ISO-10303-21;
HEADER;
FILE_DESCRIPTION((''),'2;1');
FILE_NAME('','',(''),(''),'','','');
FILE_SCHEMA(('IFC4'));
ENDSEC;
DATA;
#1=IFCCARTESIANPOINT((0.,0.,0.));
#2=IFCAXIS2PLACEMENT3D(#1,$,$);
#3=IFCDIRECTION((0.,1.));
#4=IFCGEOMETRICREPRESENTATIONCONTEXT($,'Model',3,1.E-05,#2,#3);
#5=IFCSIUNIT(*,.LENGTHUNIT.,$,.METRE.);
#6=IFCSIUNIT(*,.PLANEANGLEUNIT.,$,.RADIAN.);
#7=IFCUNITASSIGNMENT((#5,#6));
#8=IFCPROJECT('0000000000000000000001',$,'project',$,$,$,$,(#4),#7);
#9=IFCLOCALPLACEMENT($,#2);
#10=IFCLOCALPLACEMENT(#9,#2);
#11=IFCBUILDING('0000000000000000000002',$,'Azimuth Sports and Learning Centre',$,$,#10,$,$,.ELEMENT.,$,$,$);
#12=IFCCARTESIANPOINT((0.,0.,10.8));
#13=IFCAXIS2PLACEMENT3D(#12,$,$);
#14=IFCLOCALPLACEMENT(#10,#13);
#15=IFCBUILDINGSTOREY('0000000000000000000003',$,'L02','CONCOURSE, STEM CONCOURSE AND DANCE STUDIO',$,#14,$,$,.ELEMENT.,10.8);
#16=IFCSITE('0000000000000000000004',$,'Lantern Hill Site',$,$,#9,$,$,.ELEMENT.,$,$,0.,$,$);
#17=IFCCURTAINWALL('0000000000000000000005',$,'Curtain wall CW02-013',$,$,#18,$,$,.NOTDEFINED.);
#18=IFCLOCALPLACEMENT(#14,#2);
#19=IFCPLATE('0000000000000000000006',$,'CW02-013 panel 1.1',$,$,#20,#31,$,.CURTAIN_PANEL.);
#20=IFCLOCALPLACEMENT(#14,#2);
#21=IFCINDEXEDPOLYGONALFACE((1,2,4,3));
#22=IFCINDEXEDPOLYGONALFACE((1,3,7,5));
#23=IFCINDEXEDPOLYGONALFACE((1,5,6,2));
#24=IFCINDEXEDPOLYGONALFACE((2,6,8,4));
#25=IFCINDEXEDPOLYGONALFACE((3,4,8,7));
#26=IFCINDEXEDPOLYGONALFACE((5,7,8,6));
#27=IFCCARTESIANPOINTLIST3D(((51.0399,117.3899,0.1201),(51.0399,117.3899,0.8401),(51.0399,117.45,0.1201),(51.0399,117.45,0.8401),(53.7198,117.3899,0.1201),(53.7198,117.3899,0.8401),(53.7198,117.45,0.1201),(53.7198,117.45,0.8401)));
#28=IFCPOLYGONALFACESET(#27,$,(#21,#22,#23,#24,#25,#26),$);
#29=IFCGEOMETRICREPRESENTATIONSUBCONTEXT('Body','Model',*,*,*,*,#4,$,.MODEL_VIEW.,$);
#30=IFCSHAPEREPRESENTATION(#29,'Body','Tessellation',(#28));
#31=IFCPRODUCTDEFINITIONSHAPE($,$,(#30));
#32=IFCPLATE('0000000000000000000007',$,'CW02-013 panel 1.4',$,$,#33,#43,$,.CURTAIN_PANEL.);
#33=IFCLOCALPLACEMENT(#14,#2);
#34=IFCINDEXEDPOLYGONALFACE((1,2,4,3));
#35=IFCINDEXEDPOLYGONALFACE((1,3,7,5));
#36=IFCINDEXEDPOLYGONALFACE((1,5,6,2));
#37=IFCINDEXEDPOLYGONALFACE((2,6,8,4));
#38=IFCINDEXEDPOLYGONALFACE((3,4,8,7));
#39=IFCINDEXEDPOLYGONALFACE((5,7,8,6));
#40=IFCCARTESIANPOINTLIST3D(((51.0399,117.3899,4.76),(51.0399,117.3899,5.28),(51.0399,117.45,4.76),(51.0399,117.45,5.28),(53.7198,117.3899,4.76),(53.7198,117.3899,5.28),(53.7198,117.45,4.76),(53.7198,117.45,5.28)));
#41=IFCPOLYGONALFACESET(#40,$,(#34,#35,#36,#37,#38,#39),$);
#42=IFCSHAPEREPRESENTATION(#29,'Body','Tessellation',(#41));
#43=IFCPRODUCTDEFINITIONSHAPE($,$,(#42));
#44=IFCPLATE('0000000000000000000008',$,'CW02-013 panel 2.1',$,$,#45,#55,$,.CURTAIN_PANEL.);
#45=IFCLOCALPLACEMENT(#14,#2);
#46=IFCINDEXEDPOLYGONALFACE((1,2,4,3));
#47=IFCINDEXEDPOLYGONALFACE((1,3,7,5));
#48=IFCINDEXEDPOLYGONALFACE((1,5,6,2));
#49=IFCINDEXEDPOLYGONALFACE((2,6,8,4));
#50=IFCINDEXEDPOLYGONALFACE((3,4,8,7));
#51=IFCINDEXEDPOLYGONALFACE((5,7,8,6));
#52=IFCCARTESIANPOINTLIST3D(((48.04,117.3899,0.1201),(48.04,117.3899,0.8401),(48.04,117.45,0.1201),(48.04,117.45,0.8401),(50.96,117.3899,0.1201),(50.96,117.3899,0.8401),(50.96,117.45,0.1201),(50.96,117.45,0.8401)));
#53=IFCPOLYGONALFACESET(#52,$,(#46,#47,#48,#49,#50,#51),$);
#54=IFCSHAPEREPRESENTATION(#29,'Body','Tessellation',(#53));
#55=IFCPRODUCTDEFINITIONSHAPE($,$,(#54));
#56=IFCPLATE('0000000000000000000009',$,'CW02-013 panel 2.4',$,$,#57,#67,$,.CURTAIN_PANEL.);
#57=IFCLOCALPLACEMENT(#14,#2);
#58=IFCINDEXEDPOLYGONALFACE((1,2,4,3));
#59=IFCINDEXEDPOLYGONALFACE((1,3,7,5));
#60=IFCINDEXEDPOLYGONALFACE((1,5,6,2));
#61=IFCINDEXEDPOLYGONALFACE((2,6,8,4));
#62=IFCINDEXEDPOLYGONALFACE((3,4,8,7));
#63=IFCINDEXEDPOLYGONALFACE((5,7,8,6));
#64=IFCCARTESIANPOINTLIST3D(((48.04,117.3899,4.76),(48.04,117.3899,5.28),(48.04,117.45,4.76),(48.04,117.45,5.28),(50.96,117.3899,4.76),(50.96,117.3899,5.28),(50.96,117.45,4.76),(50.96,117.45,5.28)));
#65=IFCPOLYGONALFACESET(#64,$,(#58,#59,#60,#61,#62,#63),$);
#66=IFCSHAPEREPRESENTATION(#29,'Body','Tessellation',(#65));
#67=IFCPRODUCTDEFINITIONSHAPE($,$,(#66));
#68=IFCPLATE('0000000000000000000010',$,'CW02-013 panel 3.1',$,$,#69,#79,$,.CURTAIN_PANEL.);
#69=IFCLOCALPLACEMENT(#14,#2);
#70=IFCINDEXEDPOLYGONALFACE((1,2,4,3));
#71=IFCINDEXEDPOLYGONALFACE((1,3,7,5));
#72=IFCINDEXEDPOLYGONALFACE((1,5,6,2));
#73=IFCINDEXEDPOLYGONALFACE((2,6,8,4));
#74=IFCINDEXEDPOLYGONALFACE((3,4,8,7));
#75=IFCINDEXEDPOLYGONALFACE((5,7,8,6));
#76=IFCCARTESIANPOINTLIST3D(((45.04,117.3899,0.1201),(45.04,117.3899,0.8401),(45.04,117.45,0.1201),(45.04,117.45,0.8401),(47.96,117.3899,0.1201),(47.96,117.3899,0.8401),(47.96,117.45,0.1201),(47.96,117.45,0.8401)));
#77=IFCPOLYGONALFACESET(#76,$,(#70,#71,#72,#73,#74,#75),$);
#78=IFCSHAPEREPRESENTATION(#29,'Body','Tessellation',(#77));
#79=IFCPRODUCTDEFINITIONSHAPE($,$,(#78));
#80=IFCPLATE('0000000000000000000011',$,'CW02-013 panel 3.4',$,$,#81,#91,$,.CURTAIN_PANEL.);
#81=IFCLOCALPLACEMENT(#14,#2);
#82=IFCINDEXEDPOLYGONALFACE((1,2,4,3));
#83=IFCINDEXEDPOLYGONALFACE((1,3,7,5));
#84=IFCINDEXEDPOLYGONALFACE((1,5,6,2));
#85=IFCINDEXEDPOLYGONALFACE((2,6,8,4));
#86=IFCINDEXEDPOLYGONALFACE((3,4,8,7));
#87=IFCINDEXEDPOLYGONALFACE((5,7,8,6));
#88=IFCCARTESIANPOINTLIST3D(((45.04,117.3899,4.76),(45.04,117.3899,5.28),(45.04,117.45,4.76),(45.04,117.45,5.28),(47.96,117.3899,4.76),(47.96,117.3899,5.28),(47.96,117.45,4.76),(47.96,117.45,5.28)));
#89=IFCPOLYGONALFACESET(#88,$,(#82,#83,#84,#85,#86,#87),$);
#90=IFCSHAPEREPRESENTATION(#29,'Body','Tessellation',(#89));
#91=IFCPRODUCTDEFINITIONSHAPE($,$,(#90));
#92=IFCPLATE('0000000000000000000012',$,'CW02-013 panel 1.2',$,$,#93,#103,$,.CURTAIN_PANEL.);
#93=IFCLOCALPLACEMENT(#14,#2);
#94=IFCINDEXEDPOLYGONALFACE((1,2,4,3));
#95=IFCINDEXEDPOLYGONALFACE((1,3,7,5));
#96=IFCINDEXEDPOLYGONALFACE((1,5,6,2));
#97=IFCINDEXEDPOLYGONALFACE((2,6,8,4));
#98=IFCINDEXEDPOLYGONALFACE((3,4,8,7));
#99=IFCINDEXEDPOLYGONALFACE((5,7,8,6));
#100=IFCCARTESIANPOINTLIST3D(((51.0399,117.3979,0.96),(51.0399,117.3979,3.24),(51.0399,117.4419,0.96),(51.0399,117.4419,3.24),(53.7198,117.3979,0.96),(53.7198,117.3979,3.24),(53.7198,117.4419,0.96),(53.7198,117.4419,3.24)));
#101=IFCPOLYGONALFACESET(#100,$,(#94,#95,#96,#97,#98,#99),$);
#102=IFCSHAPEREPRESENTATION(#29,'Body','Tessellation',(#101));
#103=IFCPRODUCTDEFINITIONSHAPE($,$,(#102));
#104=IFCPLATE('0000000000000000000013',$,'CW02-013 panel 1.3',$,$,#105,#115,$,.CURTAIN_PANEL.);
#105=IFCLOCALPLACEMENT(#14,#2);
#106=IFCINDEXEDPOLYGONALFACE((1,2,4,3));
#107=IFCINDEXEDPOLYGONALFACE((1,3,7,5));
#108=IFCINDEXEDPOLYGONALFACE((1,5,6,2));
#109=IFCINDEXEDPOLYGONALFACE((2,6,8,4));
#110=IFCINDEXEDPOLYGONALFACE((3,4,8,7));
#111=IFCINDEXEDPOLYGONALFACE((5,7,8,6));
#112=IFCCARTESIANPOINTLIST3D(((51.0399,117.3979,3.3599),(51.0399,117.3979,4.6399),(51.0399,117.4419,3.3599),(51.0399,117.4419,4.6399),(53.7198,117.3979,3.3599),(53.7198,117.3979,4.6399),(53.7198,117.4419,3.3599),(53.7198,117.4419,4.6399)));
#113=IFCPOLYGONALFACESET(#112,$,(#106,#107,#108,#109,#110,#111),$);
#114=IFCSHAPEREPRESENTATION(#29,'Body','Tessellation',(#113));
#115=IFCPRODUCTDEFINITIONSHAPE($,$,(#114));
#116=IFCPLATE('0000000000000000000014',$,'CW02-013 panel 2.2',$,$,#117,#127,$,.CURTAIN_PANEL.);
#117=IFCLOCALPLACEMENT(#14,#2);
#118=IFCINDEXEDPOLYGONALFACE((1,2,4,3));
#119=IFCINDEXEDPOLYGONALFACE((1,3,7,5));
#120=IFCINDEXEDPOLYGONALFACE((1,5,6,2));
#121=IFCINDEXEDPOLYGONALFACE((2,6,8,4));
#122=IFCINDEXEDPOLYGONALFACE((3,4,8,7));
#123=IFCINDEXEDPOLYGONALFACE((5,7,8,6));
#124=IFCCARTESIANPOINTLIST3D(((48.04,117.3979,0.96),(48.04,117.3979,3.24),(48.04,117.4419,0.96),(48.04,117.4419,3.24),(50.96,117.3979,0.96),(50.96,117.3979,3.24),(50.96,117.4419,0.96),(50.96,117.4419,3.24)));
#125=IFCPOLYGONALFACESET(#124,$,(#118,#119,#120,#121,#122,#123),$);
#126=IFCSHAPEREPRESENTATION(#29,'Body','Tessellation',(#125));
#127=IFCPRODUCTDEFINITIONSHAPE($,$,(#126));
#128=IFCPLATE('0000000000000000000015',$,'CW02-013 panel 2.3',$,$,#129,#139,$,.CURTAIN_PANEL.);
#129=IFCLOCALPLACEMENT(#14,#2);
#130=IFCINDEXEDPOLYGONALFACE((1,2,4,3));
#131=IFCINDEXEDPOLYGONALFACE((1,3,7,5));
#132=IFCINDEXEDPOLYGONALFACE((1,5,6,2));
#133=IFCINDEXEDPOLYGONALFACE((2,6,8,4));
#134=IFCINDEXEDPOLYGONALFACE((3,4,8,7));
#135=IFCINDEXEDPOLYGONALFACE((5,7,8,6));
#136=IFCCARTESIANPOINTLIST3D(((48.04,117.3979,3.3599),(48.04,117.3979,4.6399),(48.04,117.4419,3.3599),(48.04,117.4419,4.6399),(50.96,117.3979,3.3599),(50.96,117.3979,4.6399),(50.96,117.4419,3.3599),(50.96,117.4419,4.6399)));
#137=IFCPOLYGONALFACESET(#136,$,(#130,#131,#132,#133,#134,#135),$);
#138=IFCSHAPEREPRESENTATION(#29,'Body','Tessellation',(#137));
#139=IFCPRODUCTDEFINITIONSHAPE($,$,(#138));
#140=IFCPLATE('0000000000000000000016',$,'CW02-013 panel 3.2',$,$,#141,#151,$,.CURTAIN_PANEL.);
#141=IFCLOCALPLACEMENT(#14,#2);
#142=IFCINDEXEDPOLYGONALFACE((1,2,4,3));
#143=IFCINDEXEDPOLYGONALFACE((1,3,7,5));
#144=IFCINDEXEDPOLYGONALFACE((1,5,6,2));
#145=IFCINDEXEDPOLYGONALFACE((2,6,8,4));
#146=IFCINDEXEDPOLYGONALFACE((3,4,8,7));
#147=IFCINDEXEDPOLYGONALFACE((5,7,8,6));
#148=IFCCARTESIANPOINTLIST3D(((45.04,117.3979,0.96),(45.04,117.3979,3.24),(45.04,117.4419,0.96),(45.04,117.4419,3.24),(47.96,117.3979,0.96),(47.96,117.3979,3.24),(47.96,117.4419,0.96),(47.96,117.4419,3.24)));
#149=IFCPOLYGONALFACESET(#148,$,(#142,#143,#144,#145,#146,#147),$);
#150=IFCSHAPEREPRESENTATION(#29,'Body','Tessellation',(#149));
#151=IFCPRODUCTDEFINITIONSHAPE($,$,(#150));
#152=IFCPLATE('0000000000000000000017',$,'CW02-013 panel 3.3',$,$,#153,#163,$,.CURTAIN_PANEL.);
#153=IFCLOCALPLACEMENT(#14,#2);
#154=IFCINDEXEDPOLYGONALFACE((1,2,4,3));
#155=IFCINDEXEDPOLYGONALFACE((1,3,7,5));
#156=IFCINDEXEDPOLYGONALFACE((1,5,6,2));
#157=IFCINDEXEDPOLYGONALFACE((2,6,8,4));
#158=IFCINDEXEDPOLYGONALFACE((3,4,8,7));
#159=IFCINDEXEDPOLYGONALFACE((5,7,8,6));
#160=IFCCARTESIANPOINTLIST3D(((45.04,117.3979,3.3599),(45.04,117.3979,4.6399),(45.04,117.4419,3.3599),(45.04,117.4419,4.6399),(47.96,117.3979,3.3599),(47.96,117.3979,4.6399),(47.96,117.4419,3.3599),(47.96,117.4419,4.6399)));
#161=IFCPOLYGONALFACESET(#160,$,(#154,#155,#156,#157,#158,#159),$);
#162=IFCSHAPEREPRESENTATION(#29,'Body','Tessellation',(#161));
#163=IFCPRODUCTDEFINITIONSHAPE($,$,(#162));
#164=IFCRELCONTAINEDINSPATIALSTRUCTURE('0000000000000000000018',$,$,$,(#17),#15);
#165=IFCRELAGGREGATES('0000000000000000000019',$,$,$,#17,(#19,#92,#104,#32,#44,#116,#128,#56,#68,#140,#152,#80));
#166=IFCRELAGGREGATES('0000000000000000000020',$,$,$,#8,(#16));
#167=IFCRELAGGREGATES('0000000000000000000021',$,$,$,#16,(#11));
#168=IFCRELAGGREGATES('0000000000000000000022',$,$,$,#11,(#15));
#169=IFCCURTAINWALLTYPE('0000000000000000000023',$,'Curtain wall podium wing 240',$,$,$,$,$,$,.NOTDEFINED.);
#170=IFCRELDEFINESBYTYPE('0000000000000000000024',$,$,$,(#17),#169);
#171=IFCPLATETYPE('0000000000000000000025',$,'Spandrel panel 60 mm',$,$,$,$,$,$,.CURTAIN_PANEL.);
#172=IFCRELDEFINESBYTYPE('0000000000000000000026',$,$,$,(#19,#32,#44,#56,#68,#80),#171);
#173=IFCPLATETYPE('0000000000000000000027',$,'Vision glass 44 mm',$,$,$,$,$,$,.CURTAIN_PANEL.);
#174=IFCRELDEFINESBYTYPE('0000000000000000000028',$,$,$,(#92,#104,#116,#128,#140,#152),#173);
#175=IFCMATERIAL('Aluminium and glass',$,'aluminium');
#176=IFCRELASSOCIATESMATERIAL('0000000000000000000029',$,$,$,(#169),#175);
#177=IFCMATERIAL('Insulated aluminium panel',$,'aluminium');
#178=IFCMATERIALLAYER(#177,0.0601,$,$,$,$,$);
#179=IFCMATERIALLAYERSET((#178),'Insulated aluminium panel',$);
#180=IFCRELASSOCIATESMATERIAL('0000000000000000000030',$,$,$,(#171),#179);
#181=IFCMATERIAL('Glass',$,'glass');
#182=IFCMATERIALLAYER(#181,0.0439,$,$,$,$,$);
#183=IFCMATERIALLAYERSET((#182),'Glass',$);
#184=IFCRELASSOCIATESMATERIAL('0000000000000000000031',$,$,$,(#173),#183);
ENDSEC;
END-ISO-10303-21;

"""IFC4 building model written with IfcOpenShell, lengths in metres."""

from ifc_helpers import new_model, si_unit, direction, frame, origin, origin_2d, place, context, subcontext, project, spatial, rectangle, extrude, material, layer, layer_set, type_object, element, aggregate, save


model = new_model("IFC4")

# Units and contexts
model_context = context("Model", 3, precision=1e-05, world=origin(), true_north=direction((0.0, 1.0)))
body_context = subcontext(model_context, "Body", "Model", "MODEL_VIEW")
ifc_project = project(units=[si_unit("LENGTHUNIT", "METRE"), si_unit("PLANEANGLEUNIT", "RADIAN")], contexts=[model_context])

# Site, building, storey
site_placement = place(None, origin())
site = spatial("IfcSite", under=ifc_project, at=site_placement, Name="Lantern Hill Site", CompositionType="ELEMENT", RefElevation=0.0)
building_placement = place(site_placement, origin())
building = spatial("IfcBuilding", under=site, at=building_placement, Name="Azimuth Sports and Learning Centre", CompositionType="ELEMENT")
storey_placement = place(building_placement, frame((0.0, 0.0, 10.8)))
storey = spatial("IfcBuildingStorey", under=building, at=storey_placement, Name="L02", Description="CONCOURSE, STEM CONCOURSE AND DANCE STUDIO", CompositionType="ELEMENT", Elevation=10.8)

# Curtain wall, plates
ifc_material_1 = material(Name="Aluminium and glass", Category="aluminium")
curtain_wall_type = type_object("IfcCurtainWallType", Name="Curtain wall podium wing 240", PredefinedType="NOTDEFINED", material=ifc_material_1)
curtain_wall_placement = place(storey_placement, origin())
curtain_wall = element("IfcCurtainWall", 1, at=curtain_wall_placement, inside=storey, type_object=curtain_wall_type, Name="Curtain wall CW02-013", PredefinedType="NOTDEFINED")
ifc_material_2 = material(Name="Insulated aluminium panel", Category="aluminium")
ifc_layer_1 = layer(ifc_material_2, 0.0601)
ifc_layer_set_1 = layer_set([ifc_layer_1], Name="Insulated aluminium panel")
plate_type_1 = type_object("IfcPlateType", Name="Spandrel panel 60 mm", PredefinedType="CURTAIN_PANEL", material=ifc_layer_set_1)
plate_1_placement = place(storey_placement, frame((52.3799, 117.4199, 0.1201), z_axis=(0.0, 0.0, 1.0), x_axis=(-1.0, 0.0, 0.0)))
plate_1 = element("IfcPlate", 2, at=plate_1_placement, type_object=plate_type_1, Name="CW02-013 panel 1.1", PredefinedType="CURTAIN_PANEL", context=body_context, shape_type="SweptSolid", body=[
    extrude(rectangle(XDim=2.6799, YDim=0.0601, at=origin_2d()), origin(), (0.0, 0.0, 1.0), 0.72),
])
plate_2_placement = place(storey_placement, frame((52.3799, 117.4199, 4.76), z_axis=(0.0, 0.0, 1.0), x_axis=(-1.0, 0.0, 0.0)))
plate_2 = element("IfcPlate", 3, at=plate_2_placement, type_object=plate_type_1, Name="CW02-013 panel 1.4", PredefinedType="CURTAIN_PANEL", context=body_context, shape_type="SweptSolid", body=[
    extrude(rectangle(XDim=2.6799, YDim=0.0601, at=origin_2d()), origin(), (0.0, 0.0, 1.0), 0.52),
])
plate_3_placement = place(storey_placement, frame((49.5, 117.4199, 0.1201), z_axis=(0.0, 0.0, 1.0), x_axis=(-1.0, 0.0, 0.0)))
plate_3 = element("IfcPlate", 4, at=plate_3_placement, type_object=plate_type_1, Name="CW02-013 panel 2.1", PredefinedType="CURTAIN_PANEL", context=body_context, shape_type="SweptSolid", body=[
    extrude(rectangle(XDim=2.9199, YDim=0.0601, at=origin_2d()), origin(), (0.0, 0.0, 1.0), 0.72),
])
plate_4_placement = place(storey_placement, frame((49.5, 117.4199, 4.76), z_axis=(0.0, 0.0, 1.0), x_axis=(-1.0, 0.0, 0.0)))
plate_4 = element("IfcPlate", 5, at=plate_4_placement, type_object=plate_type_1, Name="CW02-013 panel 2.4", PredefinedType="CURTAIN_PANEL", context=body_context, shape_type="SweptSolid", body=[
    extrude(rectangle(XDim=2.9199, YDim=0.0601, at=origin_2d()), origin(), (0.0, 0.0, 1.0), 0.52),
])
plate_5_placement = place(storey_placement, frame((46.5, 117.4199, 0.1201), z_axis=(0.0, 0.0, 1.0), x_axis=(-1.0, 0.0, 0.0)))
plate_5 = element("IfcPlate", 6, at=plate_5_placement, type_object=plate_type_1, Name="CW02-013 panel 3.1", PredefinedType="CURTAIN_PANEL", context=body_context, shape_type="SweptSolid", body=[
    extrude(rectangle(XDim=2.9199, YDim=0.0601, at=origin_2d()), origin(), (0.0, 0.0, 1.0), 0.72),
])
plate_6_placement = place(storey_placement, frame((46.5, 117.4199, 4.76), z_axis=(0.0, 0.0, 1.0), x_axis=(-1.0, 0.0, 0.0)))
plate_6 = element("IfcPlate", 7, at=plate_6_placement, type_object=plate_type_1, Name="CW02-013 panel 3.4", PredefinedType="CURTAIN_PANEL", context=body_context, shape_type="SweptSolid", body=[
    extrude(rectangle(XDim=2.9199, YDim=0.0601, at=origin_2d()), origin(), (0.0, 0.0, 1.0), 0.52),
])
ifc_material_3 = material(Name="Glass", Category="glass")
ifc_layer_2 = layer(ifc_material_3, 0.0439)
ifc_layer_set_2 = layer_set([ifc_layer_2], Name="Glass")
plate_type_2 = type_object("IfcPlateType", Name="Vision glass 44 mm", PredefinedType="CURTAIN_PANEL", material=ifc_layer_set_2)
plate_7_placement = place(storey_placement, frame((52.3799, 117.4199, 0.96), z_axis=(0.0, 0.0, 1.0), x_axis=(-1.0, 0.0, 0.0)))
plate_7 = element("IfcPlate", 8, at=plate_7_placement, type_object=plate_type_2, Name="CW02-013 panel 1.2", PredefinedType="CURTAIN_PANEL", context=body_context, shape_type="SweptSolid", body=[
    extrude(rectangle(XDim=2.6799, YDim=0.0439, at=origin_2d()), origin(), (0.0, 0.0, 1.0), 2.28),
])
plate_8_placement = place(storey_placement, frame((52.3799, 117.4199, 3.3599), z_axis=(0.0, 0.0, 1.0), x_axis=(-1.0, 0.0, 0.0)))
plate_8 = element("IfcPlate", 9, at=plate_8_placement, type_object=plate_type_2, Name="CW02-013 panel 1.3", PredefinedType="CURTAIN_PANEL", context=body_context, shape_type="SweptSolid", body=[
    extrude(rectangle(XDim=2.6799, YDim=0.0439, at=origin_2d()), origin(), (0.0, 0.0, 1.0), 1.28),
])
plate_9_placement = place(storey_placement, frame((49.5, 117.4199, 0.96), z_axis=(0.0, 0.0, 1.0), x_axis=(-1.0, 0.0, 0.0)))
plate_9 = element("IfcPlate", 10, at=plate_9_placement, type_object=plate_type_2, Name="CW02-013 panel 2.2", PredefinedType="CURTAIN_PANEL", context=body_context, shape_type="SweptSolid", body=[
    extrude(rectangle(XDim=2.9199, YDim=0.0439, at=origin_2d()), origin(), (0.0, 0.0, 1.0), 2.28),
])
plate_10_placement = place(storey_placement, frame((49.5, 117.4199, 3.3599), z_axis=(0.0, 0.0, 1.0), x_axis=(-1.0, 0.0, 0.0)))
plate_10 = element("IfcPlate", 11, at=plate_10_placement, type_object=plate_type_2, Name="CW02-013 panel 2.3", PredefinedType="CURTAIN_PANEL", context=body_context, shape_type="SweptSolid", body=[
    extrude(rectangle(XDim=2.9199, YDim=0.0439, at=origin_2d()), origin(), (0.0, 0.0, 1.0), 1.28),
])
plate_11_placement = place(storey_placement, frame((46.5, 117.4199, 0.96), z_axis=(0.0, 0.0, 1.0), x_axis=(-1.0, 0.0, 0.0)))
plate_11 = element("IfcPlate", 12, at=plate_11_placement, type_object=plate_type_2, Name="CW02-013 panel 3.2", PredefinedType="CURTAIN_PANEL", context=body_context, shape_type="SweptSolid", body=[
    extrude(rectangle(XDim=2.9199, YDim=0.0439, at=origin_2d()), origin(), (0.0, 0.0, 1.0), 2.28),
])
plate_12_placement = place(storey_placement, frame((46.5, 117.4199, 3.3599), z_axis=(0.0, 0.0, 1.0), x_axis=(-1.0, 0.0, 0.0)))
plate_12 = element("IfcPlate", 13, at=plate_12_placement, type_object=plate_type_2, Name="CW02-013 panel 3.3", PredefinedType="CURTAIN_PANEL", context=body_context, shape_type="SweptSolid", body=[
    extrude(rectangle(XDim=2.9199, YDim=0.0439, at=origin_2d()), origin(), (0.0, 0.0, 1.0), 1.28),
])
aggregate(curtain_wall, [plate_1, plate_7, plate_8, plate_2, plate_3, plate_9, plate_10, plate_4, plate_5, plate_11, plate_12, plate_6])

save(model, "model.ifc")
